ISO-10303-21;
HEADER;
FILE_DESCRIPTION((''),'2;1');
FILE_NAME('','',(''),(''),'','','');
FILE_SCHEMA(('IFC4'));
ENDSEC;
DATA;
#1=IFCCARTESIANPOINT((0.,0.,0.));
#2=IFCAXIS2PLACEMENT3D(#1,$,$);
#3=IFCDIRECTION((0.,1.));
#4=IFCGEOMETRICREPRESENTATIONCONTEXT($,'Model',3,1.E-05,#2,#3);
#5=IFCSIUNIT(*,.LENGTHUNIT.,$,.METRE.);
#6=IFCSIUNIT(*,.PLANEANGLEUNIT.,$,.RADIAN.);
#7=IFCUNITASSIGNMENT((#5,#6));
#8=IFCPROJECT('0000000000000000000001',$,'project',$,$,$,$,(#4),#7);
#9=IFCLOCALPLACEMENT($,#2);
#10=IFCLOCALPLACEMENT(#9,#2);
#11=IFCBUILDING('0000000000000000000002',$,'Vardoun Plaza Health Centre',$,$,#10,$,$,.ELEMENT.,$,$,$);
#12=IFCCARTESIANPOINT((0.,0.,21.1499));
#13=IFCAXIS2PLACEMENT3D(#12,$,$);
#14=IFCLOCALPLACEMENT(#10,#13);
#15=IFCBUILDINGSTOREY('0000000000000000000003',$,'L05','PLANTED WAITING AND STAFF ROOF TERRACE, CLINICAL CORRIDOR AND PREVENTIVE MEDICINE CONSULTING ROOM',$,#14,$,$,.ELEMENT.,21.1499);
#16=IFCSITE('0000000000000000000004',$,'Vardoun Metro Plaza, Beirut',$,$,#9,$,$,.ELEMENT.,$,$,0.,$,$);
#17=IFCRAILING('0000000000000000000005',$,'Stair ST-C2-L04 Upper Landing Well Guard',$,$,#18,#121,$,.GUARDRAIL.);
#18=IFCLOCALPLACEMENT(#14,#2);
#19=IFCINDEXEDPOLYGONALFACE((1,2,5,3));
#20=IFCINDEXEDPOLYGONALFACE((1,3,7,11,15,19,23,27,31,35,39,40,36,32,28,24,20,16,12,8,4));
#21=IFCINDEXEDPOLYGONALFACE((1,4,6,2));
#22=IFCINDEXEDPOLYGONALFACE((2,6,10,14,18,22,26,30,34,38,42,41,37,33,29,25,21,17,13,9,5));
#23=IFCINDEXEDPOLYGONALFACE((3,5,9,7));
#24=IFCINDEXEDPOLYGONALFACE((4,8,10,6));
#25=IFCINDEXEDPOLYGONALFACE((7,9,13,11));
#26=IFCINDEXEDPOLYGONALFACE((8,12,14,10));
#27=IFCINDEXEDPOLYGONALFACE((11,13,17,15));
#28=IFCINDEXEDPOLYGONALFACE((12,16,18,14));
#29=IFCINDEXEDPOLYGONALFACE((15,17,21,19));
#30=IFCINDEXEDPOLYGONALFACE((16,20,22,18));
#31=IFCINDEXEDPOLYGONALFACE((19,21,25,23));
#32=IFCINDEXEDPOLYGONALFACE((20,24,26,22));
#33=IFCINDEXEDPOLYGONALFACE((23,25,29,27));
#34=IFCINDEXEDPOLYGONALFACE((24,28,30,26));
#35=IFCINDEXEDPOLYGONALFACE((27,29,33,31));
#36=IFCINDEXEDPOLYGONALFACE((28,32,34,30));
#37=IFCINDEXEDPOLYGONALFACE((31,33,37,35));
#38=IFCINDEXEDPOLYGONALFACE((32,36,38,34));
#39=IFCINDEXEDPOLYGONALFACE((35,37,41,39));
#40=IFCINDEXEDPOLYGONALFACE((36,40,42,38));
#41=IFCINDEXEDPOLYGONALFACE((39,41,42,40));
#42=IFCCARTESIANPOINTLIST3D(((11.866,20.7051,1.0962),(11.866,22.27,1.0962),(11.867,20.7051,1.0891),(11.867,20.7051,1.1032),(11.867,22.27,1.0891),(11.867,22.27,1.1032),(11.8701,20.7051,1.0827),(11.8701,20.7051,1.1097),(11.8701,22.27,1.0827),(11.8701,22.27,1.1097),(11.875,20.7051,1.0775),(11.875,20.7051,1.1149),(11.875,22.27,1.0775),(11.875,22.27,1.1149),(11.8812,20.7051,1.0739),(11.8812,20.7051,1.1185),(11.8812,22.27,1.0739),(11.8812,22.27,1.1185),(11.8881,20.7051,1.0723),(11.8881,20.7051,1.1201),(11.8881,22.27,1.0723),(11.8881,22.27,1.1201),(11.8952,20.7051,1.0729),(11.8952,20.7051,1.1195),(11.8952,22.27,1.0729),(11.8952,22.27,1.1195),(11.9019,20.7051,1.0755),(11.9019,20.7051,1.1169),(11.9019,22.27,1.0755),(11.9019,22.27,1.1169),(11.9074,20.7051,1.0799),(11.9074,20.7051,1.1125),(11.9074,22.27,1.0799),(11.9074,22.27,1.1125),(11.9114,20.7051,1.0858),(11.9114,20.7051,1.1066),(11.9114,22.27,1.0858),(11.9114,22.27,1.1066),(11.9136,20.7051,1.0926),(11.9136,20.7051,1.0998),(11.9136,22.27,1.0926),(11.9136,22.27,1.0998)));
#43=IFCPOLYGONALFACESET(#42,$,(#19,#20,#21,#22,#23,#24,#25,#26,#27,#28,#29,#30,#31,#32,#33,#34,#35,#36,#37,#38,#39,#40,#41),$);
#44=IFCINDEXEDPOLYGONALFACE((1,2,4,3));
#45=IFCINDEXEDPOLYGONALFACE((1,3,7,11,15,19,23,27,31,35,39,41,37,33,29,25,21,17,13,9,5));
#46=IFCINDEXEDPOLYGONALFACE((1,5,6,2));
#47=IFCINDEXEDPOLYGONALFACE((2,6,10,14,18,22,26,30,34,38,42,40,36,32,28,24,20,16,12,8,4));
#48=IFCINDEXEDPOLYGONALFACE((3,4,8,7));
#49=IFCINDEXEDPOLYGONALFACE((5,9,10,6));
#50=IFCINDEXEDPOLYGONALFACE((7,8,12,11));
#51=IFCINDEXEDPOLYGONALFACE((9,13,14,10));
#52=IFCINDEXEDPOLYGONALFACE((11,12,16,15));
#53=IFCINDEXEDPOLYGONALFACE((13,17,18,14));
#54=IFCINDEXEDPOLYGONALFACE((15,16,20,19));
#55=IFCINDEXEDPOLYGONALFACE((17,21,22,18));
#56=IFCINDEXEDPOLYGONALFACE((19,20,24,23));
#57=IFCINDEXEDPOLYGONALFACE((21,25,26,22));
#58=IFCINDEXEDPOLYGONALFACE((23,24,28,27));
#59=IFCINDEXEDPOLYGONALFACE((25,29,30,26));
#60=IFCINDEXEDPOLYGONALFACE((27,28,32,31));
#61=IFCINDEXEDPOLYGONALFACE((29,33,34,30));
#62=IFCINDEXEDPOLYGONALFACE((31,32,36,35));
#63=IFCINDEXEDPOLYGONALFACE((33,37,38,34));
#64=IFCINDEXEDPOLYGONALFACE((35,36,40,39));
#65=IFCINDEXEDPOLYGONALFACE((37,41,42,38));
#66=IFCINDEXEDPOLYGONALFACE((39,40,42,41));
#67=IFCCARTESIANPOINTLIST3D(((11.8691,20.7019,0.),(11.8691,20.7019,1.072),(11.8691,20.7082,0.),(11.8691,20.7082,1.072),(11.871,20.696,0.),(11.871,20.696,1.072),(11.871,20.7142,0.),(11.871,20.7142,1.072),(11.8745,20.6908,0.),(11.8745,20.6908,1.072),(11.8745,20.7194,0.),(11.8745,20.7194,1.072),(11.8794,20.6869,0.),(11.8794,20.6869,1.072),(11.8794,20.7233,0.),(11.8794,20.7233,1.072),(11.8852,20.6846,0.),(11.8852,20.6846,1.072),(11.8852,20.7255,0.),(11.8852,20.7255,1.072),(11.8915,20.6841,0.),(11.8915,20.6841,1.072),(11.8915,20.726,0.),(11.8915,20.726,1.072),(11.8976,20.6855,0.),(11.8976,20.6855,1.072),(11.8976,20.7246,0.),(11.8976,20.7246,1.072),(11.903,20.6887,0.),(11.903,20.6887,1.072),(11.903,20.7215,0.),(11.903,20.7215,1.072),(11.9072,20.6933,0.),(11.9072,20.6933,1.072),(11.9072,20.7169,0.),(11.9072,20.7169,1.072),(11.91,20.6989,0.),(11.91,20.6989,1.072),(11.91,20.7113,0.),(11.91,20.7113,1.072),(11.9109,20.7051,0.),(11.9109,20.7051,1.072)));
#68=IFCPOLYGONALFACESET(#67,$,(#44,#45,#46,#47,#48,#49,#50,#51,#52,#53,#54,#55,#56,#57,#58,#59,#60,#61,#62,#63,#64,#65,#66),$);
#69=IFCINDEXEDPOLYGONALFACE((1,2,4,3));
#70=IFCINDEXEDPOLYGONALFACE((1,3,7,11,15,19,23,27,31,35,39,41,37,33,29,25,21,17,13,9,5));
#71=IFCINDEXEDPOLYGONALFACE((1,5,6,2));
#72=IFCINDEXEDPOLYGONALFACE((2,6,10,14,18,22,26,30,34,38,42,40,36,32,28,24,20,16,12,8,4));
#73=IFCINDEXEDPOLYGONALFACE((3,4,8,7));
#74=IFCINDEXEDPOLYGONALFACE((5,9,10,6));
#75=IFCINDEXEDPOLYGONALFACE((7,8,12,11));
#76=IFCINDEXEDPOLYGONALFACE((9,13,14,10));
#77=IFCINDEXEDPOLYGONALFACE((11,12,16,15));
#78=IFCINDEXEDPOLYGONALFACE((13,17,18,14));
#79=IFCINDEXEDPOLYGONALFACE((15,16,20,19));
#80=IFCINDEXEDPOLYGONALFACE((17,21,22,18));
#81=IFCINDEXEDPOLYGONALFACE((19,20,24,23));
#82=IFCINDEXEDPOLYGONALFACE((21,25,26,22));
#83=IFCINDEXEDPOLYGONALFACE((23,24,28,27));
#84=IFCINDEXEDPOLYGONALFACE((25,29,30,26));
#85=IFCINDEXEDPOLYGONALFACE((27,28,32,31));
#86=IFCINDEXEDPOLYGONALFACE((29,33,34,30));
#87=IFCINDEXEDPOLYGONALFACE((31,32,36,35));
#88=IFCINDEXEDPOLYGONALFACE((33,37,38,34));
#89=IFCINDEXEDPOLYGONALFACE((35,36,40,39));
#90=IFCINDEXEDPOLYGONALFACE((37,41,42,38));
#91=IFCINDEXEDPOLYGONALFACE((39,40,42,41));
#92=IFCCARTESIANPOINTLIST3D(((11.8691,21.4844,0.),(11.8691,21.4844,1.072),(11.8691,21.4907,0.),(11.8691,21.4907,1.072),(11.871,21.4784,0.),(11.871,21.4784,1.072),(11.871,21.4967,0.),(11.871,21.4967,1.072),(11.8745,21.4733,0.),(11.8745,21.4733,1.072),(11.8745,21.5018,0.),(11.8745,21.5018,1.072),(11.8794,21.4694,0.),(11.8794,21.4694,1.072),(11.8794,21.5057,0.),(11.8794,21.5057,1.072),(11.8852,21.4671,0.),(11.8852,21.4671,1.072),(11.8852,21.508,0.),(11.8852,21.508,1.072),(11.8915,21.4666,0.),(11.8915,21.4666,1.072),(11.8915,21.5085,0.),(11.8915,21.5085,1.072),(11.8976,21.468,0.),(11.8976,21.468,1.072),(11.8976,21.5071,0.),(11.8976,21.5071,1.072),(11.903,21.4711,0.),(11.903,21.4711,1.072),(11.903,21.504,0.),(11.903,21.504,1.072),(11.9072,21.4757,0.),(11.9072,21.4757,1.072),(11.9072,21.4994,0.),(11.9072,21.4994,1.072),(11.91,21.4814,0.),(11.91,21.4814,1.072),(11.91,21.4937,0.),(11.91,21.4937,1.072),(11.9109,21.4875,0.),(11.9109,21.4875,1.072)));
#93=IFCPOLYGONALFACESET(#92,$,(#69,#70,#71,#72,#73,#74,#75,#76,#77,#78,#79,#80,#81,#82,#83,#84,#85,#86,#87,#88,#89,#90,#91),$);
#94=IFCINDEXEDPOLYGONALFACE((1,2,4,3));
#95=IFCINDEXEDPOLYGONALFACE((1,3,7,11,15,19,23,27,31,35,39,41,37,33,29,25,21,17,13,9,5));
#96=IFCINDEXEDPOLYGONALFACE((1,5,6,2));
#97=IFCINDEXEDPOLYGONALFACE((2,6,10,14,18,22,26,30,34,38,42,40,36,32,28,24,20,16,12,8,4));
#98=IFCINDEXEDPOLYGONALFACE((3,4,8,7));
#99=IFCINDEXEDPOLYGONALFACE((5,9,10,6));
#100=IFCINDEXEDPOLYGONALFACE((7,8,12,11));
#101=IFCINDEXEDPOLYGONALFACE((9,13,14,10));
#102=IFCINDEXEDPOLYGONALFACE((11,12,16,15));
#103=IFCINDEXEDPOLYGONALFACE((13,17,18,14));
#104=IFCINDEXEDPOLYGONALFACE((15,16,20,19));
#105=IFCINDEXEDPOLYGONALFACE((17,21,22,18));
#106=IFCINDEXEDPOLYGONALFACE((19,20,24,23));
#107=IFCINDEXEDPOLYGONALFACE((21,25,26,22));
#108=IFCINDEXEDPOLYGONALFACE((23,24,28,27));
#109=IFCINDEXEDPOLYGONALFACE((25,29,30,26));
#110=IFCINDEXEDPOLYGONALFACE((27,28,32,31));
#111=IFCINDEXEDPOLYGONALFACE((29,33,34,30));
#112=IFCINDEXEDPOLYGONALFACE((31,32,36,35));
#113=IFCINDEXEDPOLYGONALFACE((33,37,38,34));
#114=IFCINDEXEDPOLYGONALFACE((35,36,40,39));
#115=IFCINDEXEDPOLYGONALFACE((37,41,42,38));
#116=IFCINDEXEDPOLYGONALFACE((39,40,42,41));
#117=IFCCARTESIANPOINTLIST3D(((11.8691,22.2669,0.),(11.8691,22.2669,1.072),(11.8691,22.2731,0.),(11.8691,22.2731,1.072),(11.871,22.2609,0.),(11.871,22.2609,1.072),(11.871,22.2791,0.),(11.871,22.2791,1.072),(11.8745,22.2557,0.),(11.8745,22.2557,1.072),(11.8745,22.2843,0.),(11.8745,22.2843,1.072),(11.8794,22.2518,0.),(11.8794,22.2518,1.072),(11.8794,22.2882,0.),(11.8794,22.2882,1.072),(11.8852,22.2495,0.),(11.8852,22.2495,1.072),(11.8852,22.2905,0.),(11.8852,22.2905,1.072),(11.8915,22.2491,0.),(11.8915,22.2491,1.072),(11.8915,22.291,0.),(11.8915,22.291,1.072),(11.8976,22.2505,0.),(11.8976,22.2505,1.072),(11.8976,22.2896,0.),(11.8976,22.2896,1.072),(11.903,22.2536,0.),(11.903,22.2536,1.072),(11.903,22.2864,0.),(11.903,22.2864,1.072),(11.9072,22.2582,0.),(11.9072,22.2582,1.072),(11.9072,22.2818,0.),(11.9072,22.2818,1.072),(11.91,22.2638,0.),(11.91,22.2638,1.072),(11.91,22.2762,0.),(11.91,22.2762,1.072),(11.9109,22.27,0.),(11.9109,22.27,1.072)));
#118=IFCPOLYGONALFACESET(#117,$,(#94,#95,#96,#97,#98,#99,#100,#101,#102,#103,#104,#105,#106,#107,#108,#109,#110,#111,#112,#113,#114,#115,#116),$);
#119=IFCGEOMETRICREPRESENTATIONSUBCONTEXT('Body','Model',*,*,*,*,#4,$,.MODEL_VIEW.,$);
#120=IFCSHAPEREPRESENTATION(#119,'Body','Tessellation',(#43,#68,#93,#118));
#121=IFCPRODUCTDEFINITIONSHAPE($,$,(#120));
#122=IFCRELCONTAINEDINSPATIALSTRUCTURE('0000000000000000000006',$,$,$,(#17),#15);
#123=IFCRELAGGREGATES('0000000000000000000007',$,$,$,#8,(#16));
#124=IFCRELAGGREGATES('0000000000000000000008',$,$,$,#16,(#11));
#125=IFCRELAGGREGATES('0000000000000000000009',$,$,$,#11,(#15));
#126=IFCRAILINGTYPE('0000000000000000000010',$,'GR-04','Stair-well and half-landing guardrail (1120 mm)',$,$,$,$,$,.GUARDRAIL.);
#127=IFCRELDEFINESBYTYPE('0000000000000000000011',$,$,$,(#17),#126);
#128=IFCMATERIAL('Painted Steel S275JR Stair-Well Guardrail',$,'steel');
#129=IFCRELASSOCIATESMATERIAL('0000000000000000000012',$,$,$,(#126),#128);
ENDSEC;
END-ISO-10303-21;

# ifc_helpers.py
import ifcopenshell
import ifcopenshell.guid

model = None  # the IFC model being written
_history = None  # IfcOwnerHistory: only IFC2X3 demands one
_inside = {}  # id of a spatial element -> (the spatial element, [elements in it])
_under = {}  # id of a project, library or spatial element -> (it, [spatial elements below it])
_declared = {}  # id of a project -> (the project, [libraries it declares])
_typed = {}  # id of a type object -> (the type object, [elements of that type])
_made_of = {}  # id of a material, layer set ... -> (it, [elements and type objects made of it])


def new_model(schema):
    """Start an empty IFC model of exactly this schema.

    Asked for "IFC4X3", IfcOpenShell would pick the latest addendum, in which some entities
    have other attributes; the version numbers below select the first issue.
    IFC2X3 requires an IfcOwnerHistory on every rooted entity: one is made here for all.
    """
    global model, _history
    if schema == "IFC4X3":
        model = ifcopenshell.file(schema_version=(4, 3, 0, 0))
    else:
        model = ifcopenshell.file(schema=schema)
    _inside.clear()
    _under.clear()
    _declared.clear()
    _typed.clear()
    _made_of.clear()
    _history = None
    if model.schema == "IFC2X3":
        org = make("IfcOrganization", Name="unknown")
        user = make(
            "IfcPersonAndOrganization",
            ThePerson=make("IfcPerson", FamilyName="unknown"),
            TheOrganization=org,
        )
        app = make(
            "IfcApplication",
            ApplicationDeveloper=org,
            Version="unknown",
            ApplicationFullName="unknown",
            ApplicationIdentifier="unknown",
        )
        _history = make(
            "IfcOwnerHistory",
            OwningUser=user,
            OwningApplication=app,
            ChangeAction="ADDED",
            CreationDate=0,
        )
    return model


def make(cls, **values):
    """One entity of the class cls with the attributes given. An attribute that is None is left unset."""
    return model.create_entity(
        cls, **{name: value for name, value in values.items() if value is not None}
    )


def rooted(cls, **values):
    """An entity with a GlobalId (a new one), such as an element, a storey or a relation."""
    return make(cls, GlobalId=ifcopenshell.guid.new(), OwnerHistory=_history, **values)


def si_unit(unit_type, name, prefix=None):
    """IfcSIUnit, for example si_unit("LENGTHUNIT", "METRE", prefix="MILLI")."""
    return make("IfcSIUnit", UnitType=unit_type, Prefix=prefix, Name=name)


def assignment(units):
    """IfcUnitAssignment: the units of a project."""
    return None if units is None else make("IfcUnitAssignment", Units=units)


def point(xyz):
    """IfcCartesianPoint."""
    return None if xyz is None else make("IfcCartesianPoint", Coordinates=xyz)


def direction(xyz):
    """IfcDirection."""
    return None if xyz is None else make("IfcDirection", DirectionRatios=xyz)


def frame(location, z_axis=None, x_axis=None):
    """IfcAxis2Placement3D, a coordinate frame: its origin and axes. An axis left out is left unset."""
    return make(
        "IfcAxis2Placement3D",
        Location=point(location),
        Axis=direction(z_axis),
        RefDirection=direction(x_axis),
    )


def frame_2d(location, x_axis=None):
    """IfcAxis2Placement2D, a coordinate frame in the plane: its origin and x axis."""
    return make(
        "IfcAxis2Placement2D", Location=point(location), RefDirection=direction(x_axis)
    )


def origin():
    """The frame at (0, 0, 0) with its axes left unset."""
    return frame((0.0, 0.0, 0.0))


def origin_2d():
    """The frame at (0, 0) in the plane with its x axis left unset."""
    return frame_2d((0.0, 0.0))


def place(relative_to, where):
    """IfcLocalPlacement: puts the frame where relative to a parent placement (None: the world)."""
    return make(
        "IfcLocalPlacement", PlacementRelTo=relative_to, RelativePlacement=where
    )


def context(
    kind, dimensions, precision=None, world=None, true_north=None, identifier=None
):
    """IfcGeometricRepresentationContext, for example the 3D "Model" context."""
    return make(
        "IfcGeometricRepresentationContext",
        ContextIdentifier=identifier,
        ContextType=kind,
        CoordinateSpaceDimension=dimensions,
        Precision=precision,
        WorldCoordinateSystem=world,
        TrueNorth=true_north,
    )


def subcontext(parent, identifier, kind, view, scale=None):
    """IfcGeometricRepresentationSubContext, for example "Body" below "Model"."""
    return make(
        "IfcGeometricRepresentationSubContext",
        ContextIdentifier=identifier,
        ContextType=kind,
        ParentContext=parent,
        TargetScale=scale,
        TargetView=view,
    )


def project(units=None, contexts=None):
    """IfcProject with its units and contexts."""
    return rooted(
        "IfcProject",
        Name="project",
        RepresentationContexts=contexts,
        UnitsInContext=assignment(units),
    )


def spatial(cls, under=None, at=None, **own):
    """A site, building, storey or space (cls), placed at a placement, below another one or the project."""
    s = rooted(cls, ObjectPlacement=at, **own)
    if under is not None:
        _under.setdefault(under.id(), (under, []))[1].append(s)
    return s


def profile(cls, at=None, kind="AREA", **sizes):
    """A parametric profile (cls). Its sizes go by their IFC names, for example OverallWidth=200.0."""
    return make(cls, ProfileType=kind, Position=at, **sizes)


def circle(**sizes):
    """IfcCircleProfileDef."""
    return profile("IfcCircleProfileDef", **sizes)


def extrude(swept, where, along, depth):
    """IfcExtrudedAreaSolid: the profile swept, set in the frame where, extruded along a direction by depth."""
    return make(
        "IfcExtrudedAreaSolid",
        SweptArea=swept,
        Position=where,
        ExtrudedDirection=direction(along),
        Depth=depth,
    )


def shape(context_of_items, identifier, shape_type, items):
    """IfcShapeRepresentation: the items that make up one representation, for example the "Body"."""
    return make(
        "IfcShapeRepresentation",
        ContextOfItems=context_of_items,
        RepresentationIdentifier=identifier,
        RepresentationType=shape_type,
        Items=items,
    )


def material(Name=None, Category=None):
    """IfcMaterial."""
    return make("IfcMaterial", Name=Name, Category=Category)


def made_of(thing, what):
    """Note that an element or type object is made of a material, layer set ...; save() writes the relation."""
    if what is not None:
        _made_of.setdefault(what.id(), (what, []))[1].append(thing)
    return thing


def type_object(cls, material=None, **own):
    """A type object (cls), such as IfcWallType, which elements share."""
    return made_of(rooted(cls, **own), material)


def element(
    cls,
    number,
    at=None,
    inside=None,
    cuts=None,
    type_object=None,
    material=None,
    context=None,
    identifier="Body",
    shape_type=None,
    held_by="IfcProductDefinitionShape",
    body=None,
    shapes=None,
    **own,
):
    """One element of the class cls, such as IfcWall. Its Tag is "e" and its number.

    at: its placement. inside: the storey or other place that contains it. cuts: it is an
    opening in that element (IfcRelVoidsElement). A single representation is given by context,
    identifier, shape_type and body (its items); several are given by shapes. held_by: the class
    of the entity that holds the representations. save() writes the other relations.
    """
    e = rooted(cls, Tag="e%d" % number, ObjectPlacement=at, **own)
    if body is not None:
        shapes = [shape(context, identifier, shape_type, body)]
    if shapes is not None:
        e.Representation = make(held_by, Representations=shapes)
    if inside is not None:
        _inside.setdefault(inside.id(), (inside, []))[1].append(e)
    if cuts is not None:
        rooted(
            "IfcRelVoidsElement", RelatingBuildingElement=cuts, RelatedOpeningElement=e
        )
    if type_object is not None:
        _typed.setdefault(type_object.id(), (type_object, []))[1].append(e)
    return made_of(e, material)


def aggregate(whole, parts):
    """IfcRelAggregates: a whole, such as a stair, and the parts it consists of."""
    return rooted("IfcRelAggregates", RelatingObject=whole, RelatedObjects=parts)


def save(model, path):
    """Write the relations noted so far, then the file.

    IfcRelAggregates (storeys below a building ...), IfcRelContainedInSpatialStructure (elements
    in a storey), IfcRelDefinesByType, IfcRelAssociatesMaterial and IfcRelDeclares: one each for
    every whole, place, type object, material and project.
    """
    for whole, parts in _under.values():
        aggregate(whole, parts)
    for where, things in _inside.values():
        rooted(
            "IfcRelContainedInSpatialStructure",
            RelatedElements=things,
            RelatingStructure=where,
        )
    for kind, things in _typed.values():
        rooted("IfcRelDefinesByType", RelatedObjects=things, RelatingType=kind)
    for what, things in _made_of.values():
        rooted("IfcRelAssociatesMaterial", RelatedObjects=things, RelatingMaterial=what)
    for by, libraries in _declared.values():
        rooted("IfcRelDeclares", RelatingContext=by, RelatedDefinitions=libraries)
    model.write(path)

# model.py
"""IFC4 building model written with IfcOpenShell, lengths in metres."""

from ifc_helpers import new_model, si_unit, direction, frame, origin, origin_2d, place, context, subcontext, project, spatial, circle, extrude, material, type_object, element, save


model = new_model("IFC4")

# Units and contexts
model_context = context("Model", 3, precision=1e-05, world=origin(), true_north=direction((0.0, 1.0)))
body_context = subcontext(model_context, "Body", "Model", "MODEL_VIEW")
ifc_project = project(units=[si_unit("LENGTHUNIT", "METRE"), si_unit("PLANEANGLEUNIT", "RADIAN")], contexts=[model_context])

# Site, building, storey
site_placement = place(None, origin())
site = spatial("IfcSite", under=ifc_project, at=site_placement, Name="Vardoun Metro Plaza, Beirut", CompositionType="ELEMENT", RefElevation=0.0)
building_placement = place(site_placement, origin())
building = spatial("IfcBuilding", under=site, at=building_placement, Name="Vardoun Plaza Health Centre", CompositionType="ELEMENT")
storey_placement = place(building_placement, frame((0.0, 0.0, 21.1499)))
storey = spatial("IfcBuildingStorey", under=building, at=storey_placement, Name="L05", Description="PLANTED WAITING AND STAFF ROOF TERRACE, CLINICAL CORRIDOR AND PREVENTIVE MEDICINE CONSULTING ROOM", CompositionType="ELEMENT", Elevation=21.1499)

# Railing
ifc_material_1 = material(Name="Painted Steel S275JR Stair-Well Guardrail", Category="steel")
railing_type_1 = type_object("IfcRailingType", Name="GR-04", Description="Stair-well and half-landing guardrail (1120 mm)", PredefinedType="GUARDRAIL", material=ifc_material_1)
railing_1_placement = place(storey_placement, frame((11.8899, 20.7051, 0.0)))
element("IfcRailing", 1, at=railing_1_placement, inside=storey, type_object=railing_type_1, Name="Stair ST-C2-L04 Upper Landing Well Guard", PredefinedType="GUARDRAIL", context=body_context, shape_type="SweptSolid", body=[
    extrude(circle(Radius=0.0239, at=origin_2d()), frame((0.0, 0.0, 1.0962), z_axis=(0.0, 1.0, 0.0), x_axis=(-1.0, 0.0, 0.0)), (0.0, 0.0, 1.0), 1.5649),
    extrude(circle(Radius=0.021, at=origin_2d()), origin(), (0.0, 0.0, 1.0), 1.072),
    extrude(circle(Radius=0.021, at=origin_2d()), frame((0.0, 0.7825, 0.0)), (0.0, 0.0, 1.0), 1.072),
    extrude(circle(Radius=0.021, at=origin_2d()), frame((0.0, 1.5649, 0.0)), (0.0, 0.0, 1.0), 1.072),
])

save(model, "model.ifc")
